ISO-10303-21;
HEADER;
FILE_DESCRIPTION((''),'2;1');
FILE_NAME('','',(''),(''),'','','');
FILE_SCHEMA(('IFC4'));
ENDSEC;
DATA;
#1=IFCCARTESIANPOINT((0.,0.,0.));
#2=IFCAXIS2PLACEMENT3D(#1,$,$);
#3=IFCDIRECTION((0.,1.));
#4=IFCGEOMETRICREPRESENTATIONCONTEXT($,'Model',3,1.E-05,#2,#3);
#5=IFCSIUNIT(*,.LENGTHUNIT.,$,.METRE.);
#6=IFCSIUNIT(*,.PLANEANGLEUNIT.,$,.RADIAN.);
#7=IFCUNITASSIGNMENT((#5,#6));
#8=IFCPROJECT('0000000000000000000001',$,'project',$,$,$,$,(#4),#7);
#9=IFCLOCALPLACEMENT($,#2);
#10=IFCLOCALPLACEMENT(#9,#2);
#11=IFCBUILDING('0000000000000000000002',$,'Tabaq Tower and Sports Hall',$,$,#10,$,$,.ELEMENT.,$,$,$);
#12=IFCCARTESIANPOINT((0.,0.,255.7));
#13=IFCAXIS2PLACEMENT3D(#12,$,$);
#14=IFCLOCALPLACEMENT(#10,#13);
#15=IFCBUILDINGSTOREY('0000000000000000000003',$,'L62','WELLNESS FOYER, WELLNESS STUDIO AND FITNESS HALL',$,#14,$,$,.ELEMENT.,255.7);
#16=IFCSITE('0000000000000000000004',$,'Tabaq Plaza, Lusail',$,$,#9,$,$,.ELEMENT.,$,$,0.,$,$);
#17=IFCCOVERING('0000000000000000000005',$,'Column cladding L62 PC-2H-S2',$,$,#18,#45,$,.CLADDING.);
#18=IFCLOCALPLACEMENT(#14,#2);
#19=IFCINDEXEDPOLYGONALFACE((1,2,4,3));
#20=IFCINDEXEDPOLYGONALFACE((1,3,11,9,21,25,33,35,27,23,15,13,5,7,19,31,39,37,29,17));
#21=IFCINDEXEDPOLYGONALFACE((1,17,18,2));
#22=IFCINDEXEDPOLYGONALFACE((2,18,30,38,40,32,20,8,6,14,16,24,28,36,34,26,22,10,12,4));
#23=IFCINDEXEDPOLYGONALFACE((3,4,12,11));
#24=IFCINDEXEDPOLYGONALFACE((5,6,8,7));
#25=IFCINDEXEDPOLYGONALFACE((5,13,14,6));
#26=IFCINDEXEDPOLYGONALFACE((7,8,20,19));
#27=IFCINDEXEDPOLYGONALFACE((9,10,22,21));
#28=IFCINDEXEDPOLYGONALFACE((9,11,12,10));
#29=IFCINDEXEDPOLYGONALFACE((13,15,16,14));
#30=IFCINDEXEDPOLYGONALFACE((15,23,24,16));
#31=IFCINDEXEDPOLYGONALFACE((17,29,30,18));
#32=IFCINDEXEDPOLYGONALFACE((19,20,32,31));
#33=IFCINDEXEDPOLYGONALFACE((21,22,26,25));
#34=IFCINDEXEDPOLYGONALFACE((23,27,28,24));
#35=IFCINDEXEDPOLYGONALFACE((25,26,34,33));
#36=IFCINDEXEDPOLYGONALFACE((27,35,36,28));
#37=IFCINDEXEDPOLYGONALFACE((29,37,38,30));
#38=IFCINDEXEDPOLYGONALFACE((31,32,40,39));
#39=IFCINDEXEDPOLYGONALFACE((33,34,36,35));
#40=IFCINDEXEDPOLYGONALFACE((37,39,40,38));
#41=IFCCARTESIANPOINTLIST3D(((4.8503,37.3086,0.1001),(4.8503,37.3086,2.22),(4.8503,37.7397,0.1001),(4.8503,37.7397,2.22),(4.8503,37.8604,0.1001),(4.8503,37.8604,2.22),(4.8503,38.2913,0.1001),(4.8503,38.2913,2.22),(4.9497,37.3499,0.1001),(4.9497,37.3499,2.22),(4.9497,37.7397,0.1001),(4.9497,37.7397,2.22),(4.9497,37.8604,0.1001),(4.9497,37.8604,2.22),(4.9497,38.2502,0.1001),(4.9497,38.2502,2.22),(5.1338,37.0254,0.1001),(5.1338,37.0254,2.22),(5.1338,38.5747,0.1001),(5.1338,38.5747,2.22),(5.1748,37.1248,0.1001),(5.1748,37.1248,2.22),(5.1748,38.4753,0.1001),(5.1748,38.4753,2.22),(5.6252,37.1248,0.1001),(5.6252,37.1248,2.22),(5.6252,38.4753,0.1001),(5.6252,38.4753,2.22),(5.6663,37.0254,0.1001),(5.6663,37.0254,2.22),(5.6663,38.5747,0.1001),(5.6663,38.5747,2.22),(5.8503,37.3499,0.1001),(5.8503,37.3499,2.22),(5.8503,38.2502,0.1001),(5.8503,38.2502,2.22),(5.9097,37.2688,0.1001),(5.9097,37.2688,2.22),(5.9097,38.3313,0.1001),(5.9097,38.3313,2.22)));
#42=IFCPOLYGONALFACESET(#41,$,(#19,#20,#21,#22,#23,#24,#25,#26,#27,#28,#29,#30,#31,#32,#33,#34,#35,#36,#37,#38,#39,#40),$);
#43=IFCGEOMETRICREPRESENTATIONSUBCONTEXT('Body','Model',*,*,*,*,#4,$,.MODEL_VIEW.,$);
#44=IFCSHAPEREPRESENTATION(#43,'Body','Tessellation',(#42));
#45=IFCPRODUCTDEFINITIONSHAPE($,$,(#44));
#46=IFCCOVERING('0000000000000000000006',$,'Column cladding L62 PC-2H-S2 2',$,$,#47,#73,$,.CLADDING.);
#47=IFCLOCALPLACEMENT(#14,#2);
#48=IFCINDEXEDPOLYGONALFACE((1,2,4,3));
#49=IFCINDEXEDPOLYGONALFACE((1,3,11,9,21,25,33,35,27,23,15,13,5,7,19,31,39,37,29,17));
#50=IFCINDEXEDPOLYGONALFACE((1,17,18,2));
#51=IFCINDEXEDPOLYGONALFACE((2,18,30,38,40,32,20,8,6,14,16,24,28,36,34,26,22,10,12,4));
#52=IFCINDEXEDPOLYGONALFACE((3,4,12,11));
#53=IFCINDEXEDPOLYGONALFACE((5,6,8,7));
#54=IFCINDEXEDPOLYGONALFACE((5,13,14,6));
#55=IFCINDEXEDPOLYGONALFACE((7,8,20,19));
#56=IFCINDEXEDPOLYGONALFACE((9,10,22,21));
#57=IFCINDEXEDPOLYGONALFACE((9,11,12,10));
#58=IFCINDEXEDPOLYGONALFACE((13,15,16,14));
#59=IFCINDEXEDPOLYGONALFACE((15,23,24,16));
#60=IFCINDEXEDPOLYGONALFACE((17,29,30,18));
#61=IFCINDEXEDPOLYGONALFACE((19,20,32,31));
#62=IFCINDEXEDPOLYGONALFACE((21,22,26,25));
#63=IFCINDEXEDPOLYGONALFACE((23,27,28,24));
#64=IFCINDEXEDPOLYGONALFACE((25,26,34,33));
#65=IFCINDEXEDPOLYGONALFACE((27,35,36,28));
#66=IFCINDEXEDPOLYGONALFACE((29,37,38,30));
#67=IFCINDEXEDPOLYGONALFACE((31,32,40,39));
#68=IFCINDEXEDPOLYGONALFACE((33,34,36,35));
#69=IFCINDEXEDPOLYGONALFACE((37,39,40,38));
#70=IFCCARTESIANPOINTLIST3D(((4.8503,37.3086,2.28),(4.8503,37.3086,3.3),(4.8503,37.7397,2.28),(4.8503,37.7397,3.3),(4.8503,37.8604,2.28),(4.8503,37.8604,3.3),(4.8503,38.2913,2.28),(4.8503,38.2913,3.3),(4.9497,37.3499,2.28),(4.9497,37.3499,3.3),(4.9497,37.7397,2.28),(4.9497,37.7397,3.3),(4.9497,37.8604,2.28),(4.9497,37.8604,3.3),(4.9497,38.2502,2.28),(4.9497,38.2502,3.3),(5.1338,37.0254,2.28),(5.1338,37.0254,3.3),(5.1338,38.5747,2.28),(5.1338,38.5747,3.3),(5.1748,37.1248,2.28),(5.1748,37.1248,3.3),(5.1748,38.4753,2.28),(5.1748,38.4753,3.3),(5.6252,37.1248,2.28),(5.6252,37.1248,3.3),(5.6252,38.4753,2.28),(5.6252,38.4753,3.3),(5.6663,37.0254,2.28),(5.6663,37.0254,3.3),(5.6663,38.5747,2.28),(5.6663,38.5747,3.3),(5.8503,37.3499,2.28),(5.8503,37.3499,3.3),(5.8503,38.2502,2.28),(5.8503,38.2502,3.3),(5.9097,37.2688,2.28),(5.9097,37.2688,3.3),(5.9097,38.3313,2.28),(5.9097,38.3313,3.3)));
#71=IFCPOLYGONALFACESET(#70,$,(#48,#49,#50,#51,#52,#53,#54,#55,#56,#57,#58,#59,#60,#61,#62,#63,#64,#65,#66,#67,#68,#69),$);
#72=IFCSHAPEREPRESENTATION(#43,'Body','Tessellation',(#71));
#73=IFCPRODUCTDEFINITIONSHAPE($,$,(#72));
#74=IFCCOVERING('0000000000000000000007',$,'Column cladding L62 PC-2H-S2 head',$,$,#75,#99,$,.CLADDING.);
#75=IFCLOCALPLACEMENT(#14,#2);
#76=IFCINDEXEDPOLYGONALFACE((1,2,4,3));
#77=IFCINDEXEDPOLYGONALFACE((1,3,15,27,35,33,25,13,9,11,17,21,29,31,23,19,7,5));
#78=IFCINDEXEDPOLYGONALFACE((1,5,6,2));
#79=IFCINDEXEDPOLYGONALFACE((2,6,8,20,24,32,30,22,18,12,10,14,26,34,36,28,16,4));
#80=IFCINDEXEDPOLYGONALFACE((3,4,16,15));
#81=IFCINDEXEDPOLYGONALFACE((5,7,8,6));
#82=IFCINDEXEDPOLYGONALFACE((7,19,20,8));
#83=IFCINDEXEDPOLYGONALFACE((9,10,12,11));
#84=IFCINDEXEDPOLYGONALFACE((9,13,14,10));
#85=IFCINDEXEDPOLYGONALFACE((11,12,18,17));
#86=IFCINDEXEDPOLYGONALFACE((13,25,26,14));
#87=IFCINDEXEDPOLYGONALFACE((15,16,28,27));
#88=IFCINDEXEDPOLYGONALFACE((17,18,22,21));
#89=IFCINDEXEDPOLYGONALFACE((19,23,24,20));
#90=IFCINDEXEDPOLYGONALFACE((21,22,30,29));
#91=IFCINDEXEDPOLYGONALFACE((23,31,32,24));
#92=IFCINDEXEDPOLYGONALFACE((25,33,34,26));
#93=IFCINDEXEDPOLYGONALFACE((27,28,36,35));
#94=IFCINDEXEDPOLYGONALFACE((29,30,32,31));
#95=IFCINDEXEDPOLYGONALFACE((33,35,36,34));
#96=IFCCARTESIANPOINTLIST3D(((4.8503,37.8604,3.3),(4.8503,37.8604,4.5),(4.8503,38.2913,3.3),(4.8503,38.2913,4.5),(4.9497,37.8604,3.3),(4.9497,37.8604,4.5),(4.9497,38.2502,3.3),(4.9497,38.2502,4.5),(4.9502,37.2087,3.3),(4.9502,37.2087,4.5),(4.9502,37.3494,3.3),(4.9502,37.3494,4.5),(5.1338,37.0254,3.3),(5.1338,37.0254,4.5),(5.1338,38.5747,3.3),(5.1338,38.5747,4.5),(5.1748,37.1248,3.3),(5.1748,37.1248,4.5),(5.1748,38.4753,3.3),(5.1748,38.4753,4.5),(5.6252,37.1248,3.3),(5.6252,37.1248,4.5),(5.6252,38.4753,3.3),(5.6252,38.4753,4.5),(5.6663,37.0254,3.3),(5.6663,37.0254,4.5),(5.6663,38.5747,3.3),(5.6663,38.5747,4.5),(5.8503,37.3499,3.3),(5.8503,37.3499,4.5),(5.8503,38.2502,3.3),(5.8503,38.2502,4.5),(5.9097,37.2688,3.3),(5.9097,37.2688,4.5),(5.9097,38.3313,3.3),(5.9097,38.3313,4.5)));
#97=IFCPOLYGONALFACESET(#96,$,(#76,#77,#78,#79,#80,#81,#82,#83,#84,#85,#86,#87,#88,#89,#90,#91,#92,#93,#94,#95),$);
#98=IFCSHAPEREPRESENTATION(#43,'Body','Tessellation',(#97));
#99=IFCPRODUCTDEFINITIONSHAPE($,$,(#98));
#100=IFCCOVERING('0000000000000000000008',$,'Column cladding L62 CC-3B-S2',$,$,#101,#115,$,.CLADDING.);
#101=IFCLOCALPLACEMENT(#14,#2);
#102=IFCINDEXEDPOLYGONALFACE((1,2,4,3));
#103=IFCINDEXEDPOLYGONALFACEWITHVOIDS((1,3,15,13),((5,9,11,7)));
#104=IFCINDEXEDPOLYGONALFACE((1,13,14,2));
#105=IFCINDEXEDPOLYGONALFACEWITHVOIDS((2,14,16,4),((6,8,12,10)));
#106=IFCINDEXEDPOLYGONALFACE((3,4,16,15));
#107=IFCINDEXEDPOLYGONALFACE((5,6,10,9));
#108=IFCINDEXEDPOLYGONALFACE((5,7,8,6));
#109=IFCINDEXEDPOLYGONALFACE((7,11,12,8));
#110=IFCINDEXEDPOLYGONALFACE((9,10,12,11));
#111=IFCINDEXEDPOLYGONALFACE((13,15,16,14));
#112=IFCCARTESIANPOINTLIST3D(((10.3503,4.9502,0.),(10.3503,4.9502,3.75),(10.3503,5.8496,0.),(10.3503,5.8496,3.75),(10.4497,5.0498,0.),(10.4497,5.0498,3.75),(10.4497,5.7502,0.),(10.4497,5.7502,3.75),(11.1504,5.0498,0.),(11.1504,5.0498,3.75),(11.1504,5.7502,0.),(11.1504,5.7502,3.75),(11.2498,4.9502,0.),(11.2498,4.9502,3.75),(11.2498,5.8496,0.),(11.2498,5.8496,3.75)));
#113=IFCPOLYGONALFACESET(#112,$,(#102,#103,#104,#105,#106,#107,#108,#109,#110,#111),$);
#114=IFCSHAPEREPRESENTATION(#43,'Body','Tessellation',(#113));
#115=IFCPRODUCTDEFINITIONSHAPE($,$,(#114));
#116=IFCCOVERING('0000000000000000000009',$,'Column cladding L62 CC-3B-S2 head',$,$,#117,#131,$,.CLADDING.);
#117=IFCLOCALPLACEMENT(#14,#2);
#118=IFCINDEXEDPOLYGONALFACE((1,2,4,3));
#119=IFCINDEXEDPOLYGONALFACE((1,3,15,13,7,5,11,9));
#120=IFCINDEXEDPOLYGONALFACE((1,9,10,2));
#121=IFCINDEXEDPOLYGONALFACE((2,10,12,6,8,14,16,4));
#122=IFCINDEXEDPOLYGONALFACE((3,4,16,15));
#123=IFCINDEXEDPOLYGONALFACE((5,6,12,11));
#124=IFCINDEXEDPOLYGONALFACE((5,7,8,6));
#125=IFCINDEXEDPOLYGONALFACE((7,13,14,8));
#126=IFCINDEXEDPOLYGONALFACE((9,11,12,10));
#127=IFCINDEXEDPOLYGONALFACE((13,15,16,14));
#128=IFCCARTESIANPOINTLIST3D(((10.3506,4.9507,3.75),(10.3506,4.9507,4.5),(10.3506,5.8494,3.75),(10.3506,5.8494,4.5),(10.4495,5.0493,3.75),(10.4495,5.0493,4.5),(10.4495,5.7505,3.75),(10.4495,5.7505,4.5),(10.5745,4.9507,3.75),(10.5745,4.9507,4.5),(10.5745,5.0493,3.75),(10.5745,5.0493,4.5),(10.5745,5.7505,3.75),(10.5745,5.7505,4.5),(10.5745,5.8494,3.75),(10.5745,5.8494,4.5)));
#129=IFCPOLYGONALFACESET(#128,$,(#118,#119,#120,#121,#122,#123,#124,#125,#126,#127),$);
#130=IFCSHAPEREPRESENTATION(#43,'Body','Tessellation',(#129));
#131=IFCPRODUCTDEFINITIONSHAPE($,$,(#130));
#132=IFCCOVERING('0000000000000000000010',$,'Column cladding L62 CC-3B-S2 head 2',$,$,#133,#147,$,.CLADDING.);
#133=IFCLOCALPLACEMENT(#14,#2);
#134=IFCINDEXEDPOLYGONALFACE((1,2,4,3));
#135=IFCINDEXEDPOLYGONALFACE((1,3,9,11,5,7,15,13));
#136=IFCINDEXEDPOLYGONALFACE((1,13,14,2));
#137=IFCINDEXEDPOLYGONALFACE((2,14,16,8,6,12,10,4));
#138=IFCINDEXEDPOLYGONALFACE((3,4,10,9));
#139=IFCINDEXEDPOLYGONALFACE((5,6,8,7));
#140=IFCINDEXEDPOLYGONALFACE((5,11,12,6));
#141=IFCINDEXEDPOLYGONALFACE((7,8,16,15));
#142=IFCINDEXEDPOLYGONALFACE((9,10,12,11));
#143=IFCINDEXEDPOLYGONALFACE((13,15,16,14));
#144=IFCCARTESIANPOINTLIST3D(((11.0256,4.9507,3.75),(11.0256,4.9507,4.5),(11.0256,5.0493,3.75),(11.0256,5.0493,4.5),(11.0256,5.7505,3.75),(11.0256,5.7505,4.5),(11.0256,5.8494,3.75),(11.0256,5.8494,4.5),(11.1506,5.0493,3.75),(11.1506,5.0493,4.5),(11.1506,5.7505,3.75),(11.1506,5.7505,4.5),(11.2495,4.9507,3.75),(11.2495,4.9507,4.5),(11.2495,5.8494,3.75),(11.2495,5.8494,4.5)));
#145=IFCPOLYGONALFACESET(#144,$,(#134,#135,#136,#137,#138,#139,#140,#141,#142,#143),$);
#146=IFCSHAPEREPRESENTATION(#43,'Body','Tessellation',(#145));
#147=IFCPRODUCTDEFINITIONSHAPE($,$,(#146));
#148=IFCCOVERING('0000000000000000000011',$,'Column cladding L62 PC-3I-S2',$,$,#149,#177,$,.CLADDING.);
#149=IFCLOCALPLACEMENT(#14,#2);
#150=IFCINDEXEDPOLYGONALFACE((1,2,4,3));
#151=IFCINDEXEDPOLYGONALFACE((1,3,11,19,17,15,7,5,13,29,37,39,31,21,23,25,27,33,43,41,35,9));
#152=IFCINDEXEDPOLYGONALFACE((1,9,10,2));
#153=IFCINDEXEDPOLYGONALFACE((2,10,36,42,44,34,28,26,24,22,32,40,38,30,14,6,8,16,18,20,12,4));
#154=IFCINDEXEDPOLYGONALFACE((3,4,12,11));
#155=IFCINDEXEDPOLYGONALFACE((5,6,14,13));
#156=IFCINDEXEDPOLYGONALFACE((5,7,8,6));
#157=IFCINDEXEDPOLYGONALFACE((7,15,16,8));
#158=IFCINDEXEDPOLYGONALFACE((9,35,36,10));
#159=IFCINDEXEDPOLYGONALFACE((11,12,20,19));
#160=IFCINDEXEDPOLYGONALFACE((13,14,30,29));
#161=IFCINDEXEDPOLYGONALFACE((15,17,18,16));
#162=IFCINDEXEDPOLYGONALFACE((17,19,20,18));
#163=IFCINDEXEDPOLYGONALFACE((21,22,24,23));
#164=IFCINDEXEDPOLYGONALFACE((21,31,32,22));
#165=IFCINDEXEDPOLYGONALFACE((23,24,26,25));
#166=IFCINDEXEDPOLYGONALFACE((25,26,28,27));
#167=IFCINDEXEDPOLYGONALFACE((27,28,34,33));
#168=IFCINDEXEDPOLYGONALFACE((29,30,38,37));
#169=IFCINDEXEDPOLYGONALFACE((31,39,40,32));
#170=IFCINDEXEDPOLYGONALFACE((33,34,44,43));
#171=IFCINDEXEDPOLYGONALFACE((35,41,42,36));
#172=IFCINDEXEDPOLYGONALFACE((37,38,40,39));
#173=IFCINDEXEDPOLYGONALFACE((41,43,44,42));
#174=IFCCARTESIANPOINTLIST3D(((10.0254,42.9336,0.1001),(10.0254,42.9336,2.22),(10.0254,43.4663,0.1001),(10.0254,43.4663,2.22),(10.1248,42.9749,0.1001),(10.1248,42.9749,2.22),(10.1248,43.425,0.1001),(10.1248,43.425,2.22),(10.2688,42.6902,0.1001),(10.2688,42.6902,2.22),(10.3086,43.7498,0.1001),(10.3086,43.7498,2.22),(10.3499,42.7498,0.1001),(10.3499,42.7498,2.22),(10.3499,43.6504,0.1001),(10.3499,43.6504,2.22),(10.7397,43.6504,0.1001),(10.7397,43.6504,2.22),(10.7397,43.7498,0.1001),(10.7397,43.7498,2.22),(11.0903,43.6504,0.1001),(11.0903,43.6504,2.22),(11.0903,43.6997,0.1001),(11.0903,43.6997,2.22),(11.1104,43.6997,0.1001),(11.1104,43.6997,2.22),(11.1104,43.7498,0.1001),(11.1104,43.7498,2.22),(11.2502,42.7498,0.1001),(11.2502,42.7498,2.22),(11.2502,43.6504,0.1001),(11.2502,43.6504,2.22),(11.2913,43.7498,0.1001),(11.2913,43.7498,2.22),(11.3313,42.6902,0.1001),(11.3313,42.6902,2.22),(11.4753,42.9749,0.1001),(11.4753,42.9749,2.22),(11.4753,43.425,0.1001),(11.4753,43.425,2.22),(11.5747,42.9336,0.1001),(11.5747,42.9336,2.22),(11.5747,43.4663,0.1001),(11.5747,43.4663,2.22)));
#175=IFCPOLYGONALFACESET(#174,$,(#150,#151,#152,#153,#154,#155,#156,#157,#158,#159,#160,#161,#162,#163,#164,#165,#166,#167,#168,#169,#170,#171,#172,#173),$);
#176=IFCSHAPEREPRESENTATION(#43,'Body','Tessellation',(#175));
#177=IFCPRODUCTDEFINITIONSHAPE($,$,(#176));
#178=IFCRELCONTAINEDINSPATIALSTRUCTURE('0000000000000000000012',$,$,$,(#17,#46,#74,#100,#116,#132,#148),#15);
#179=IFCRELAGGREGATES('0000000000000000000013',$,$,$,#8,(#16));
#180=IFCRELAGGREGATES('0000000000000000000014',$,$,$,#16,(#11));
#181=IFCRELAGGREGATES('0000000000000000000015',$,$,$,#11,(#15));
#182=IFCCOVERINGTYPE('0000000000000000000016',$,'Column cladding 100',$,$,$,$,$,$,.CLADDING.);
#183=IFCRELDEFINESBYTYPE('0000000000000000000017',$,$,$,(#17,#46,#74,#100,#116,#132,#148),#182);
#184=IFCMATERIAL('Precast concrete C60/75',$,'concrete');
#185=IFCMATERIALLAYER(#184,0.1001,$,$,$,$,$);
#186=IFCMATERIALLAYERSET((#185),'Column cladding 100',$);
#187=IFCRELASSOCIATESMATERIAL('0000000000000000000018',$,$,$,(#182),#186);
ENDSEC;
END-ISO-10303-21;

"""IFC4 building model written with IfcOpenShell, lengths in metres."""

from ifc_helpers import new_model, si_unit, direction, frame, origin, place, context, subcontext, project, spatial, polyline, outline, extrude, material, layer, layer_set, type_object, element, save


model = new_model("IFC4")

# Units and contexts
model_context = context("Model", 3, precision=1e-05, world=origin(), true_north=direction((0.0, 1.0)))
body_context = subcontext(model_context, "Body", "Model", "MODEL_VIEW")
ifc_project = project(units=[si_unit("LENGTHUNIT", "METRE"), si_unit("PLANEANGLEUNIT", "RADIAN")], contexts=[model_context])

# Site, building, storey
site_placement = place(None, origin())
site = spatial("IfcSite", under=ifc_project, at=site_placement, Name="Tabaq Plaza, Lusail", CompositionType="ELEMENT", RefElevation=0.0)
building_placement = place(site_placement, origin())
building = spatial("IfcBuilding", under=site, at=building_placement, Name="Tabaq Tower and Sports Hall", CompositionType="ELEMENT")
storey_placement = place(building_placement, frame((0.0, 0.0, 255.7)))
storey = spatial("IfcBuildingStorey", under=building, at=storey_placement, Name="L62", Description="WELLNESS FOYER, WELLNESS STUDIO AND FITNESS HALL", CompositionType="ELEMENT", Elevation=255.7)

# Coverings
ifc_material_1 = material(Name="Precast concrete C60/75", Category="concrete")
ifc_layer_1 = layer(ifc_material_1, 0.1001)
ifc_layer_set_1 = layer_set([ifc_layer_1], Name="Column cladding 100")
covering_type = type_object("IfcCoveringType", Name="Column cladding 100", PredefinedType="CLADDING", material=ifc_layer_set_1)
covering_1_placement = place(storey_placement, frame((0.0, 0.0, 0.1001)))
element("IfcCovering", 1, at=covering_1_placement, inside=storey, type_object=covering_type, Name="Column cladding L62 PC-2H-S2", PredefinedType="CLADDING", context=body_context, shape_type="SweptSolid", body=[
    extrude(outline(polyline([(5.1338, 37.0254), (4.8503, 37.3086), (4.8503, 37.7397), (4.9497, 37.7397), (4.9497, 37.3499), (5.1748, 37.1248), (5.6252, 37.1248), (5.8503, 37.3499), (5.8503, 38.2502), (5.6252, 38.4753), (5.1748, 38.4753), (4.9497, 38.2502), (4.9497, 37.8604), (4.8503, 37.8604), (4.8503, 38.2913), (5.1338, 38.5747), (5.6663, 38.5747), (5.9097, 38.3313), (5.9097, 37.2688), (5.6663, 37.0254), (5.1338, 37.0254)])), origin(), (0.0, 0.0, 1.0), 2.1199),
])
covering_2_placement = place(storey_placement, frame((0.0, 0.0, 2.28)))
element("IfcCovering", 2, at=covering_2_placement, inside=storey, type_object=covering_type, Name="Column cladding L62 PC-2H-S2 2", PredefinedType="CLADDING", context=body_context, shape_type="SweptSolid", body=[
    extrude(outline(polyline([(5.1338, 37.0254), (4.8503, 37.3086), (4.8503, 37.7397), (4.9497, 37.7397), (4.9497, 37.3499), (5.1748, 37.1248), (5.6252, 37.1248), (5.8503, 37.3499), (5.8503, 38.2502), (5.6252, 38.4753), (5.1748, 38.4753), (4.9497, 38.2502), (4.9497, 37.8604), (4.8503, 37.8604), (4.8503, 38.2913), (5.1338, 38.5747), (5.6663, 38.5747), (5.9097, 38.3313), (5.9097, 37.2688), (5.6663, 37.0254), (5.1338, 37.0254)])), origin(), (0.0, 0.0, 1.0), 1.02),
])
covering_3_placement = place(storey_placement, frame((0.0, 0.0, 3.3)))
element("IfcCovering", 3, at=covering_3_placement, inside=storey, type_object=covering_type, Name="Column cladding L62 PC-2H-S2 head", PredefinedType="CLADDING", context=body_context, shape_type="SweptSolid", body=[
    extrude(outline(polyline([(4.9502, 37.2087), (4.9502, 37.3494), (5.1748, 37.1248), (5.6252, 37.1248), (5.8503, 37.3499), (5.8503, 38.2502), (5.6252, 38.4753), (5.1748, 38.4753), (4.9497, 38.2502), (4.9497, 37.8604), (4.8503, 37.8604), (4.8503, 38.2913), (5.1338, 38.5747), (5.6663, 38.5747), (5.9097, 38.3313), (5.9097, 37.2688), (5.6663, 37.0254), (5.1338, 37.0254), (4.9502, 37.2087)])), origin(), (0.0, 0.0, 1.0), 1.2),
])
covering_4_placement = place(storey_placement, origin())
element("IfcCovering", 4, at=covering_4_placement, inside=storey, type_object=covering_type, Name="Column cladding L62 CC-3B-S2", PredefinedType="CLADDING", context=body_context, shape_type="SweptSolid", body=[
    extrude(outline(polyline([(10.3503, 5.8496), (11.2498, 5.8496), (11.2498, 4.9502), (10.3503, 4.9502), (10.3503, 5.8496)]), holes=[polyline([(11.1504, 5.0498), (11.1504, 5.7502), (10.4497, 5.7502), (10.4497, 5.0498), (11.1504, 5.0498)])]), origin(), (0.0, 0.0, 1.0), 3.75),
])
covering_5_placement = place(storey_placement, frame((0.0, 0.0, 3.75)))
element("IfcCovering", 5, at=covering_5_placement, inside=storey, type_object=covering_type, Name="Column cladding L62 CC-3B-S2 head", PredefinedType="CLADDING", context=body_context, shape_type="SweptSolid", body=[
    extrude(outline(polyline([(10.5745, 5.0493), (10.5745, 4.9507), (10.3506, 4.9507), (10.3506, 5.8494), (10.5745, 5.8494), (10.5745, 5.7505), (10.4495, 5.7505), (10.4495, 5.0493), (10.5745, 5.0493)])), origin(), (0.0, 0.0, 1.0), 0.75),
])
covering_6_placement = place(storey_placement, frame((0.0, 0.0, 3.75)))
element("IfcCovering", 6, at=covering_6_placement, inside=storey, type_object=covering_type, Name="Column cladding L62 CC-3B-S2 head 2", PredefinedType="CLADDING", context=body_context, shape_type="SweptSolid", body=[
    extrude(outline(polyline([(11.0256, 5.0493), (11.1506, 5.0493), (11.1506, 5.7505), (11.0256, 5.7505), (11.0256, 5.8494), (11.2495, 5.8494), (11.2495, 4.9507), (11.0256, 4.9507), (11.0256, 5.0493)])), origin(), (0.0, 0.0, 1.0), 0.75),
])
covering_7_placement = place(storey_placement, frame((0.0, 0.0, 0.1001)))
element("IfcCovering", 7, at=covering_7_placement, inside=storey, type_object=covering_type, Name="Column cladding L62 PC-3I-S2", PredefinedType="CLADDING", context=body_context, shape_type="SweptSolid", body=[
    extrude(outline(polyline([(10.0254, 43.4663), (10.3086, 43.7498), (10.7397, 43.7498), (10.7397, 43.6504), (10.3499, 43.6504), (10.1248, 43.425), (10.1248, 42.9749), (10.3499, 42.7498), (11.2502, 42.7498), (11.4753, 42.9749), (11.4753, 43.425), (11.2502, 43.6504), (11.0903, 43.6504), (11.0903, 43.6997), (11.1104, 43.6997), (11.1104, 43.7498), (11.2913, 43.7498), (11.5747, 43.4663), (11.5747, 42.9336), (11.3313, 42.6902), (10.2688, 42.6902), (10.0254, 42.9336), (10.0254, 43.4663)])), origin(), (0.0, 0.0, 1.0), 2.1199),
])

save(model, "model.ifc")
